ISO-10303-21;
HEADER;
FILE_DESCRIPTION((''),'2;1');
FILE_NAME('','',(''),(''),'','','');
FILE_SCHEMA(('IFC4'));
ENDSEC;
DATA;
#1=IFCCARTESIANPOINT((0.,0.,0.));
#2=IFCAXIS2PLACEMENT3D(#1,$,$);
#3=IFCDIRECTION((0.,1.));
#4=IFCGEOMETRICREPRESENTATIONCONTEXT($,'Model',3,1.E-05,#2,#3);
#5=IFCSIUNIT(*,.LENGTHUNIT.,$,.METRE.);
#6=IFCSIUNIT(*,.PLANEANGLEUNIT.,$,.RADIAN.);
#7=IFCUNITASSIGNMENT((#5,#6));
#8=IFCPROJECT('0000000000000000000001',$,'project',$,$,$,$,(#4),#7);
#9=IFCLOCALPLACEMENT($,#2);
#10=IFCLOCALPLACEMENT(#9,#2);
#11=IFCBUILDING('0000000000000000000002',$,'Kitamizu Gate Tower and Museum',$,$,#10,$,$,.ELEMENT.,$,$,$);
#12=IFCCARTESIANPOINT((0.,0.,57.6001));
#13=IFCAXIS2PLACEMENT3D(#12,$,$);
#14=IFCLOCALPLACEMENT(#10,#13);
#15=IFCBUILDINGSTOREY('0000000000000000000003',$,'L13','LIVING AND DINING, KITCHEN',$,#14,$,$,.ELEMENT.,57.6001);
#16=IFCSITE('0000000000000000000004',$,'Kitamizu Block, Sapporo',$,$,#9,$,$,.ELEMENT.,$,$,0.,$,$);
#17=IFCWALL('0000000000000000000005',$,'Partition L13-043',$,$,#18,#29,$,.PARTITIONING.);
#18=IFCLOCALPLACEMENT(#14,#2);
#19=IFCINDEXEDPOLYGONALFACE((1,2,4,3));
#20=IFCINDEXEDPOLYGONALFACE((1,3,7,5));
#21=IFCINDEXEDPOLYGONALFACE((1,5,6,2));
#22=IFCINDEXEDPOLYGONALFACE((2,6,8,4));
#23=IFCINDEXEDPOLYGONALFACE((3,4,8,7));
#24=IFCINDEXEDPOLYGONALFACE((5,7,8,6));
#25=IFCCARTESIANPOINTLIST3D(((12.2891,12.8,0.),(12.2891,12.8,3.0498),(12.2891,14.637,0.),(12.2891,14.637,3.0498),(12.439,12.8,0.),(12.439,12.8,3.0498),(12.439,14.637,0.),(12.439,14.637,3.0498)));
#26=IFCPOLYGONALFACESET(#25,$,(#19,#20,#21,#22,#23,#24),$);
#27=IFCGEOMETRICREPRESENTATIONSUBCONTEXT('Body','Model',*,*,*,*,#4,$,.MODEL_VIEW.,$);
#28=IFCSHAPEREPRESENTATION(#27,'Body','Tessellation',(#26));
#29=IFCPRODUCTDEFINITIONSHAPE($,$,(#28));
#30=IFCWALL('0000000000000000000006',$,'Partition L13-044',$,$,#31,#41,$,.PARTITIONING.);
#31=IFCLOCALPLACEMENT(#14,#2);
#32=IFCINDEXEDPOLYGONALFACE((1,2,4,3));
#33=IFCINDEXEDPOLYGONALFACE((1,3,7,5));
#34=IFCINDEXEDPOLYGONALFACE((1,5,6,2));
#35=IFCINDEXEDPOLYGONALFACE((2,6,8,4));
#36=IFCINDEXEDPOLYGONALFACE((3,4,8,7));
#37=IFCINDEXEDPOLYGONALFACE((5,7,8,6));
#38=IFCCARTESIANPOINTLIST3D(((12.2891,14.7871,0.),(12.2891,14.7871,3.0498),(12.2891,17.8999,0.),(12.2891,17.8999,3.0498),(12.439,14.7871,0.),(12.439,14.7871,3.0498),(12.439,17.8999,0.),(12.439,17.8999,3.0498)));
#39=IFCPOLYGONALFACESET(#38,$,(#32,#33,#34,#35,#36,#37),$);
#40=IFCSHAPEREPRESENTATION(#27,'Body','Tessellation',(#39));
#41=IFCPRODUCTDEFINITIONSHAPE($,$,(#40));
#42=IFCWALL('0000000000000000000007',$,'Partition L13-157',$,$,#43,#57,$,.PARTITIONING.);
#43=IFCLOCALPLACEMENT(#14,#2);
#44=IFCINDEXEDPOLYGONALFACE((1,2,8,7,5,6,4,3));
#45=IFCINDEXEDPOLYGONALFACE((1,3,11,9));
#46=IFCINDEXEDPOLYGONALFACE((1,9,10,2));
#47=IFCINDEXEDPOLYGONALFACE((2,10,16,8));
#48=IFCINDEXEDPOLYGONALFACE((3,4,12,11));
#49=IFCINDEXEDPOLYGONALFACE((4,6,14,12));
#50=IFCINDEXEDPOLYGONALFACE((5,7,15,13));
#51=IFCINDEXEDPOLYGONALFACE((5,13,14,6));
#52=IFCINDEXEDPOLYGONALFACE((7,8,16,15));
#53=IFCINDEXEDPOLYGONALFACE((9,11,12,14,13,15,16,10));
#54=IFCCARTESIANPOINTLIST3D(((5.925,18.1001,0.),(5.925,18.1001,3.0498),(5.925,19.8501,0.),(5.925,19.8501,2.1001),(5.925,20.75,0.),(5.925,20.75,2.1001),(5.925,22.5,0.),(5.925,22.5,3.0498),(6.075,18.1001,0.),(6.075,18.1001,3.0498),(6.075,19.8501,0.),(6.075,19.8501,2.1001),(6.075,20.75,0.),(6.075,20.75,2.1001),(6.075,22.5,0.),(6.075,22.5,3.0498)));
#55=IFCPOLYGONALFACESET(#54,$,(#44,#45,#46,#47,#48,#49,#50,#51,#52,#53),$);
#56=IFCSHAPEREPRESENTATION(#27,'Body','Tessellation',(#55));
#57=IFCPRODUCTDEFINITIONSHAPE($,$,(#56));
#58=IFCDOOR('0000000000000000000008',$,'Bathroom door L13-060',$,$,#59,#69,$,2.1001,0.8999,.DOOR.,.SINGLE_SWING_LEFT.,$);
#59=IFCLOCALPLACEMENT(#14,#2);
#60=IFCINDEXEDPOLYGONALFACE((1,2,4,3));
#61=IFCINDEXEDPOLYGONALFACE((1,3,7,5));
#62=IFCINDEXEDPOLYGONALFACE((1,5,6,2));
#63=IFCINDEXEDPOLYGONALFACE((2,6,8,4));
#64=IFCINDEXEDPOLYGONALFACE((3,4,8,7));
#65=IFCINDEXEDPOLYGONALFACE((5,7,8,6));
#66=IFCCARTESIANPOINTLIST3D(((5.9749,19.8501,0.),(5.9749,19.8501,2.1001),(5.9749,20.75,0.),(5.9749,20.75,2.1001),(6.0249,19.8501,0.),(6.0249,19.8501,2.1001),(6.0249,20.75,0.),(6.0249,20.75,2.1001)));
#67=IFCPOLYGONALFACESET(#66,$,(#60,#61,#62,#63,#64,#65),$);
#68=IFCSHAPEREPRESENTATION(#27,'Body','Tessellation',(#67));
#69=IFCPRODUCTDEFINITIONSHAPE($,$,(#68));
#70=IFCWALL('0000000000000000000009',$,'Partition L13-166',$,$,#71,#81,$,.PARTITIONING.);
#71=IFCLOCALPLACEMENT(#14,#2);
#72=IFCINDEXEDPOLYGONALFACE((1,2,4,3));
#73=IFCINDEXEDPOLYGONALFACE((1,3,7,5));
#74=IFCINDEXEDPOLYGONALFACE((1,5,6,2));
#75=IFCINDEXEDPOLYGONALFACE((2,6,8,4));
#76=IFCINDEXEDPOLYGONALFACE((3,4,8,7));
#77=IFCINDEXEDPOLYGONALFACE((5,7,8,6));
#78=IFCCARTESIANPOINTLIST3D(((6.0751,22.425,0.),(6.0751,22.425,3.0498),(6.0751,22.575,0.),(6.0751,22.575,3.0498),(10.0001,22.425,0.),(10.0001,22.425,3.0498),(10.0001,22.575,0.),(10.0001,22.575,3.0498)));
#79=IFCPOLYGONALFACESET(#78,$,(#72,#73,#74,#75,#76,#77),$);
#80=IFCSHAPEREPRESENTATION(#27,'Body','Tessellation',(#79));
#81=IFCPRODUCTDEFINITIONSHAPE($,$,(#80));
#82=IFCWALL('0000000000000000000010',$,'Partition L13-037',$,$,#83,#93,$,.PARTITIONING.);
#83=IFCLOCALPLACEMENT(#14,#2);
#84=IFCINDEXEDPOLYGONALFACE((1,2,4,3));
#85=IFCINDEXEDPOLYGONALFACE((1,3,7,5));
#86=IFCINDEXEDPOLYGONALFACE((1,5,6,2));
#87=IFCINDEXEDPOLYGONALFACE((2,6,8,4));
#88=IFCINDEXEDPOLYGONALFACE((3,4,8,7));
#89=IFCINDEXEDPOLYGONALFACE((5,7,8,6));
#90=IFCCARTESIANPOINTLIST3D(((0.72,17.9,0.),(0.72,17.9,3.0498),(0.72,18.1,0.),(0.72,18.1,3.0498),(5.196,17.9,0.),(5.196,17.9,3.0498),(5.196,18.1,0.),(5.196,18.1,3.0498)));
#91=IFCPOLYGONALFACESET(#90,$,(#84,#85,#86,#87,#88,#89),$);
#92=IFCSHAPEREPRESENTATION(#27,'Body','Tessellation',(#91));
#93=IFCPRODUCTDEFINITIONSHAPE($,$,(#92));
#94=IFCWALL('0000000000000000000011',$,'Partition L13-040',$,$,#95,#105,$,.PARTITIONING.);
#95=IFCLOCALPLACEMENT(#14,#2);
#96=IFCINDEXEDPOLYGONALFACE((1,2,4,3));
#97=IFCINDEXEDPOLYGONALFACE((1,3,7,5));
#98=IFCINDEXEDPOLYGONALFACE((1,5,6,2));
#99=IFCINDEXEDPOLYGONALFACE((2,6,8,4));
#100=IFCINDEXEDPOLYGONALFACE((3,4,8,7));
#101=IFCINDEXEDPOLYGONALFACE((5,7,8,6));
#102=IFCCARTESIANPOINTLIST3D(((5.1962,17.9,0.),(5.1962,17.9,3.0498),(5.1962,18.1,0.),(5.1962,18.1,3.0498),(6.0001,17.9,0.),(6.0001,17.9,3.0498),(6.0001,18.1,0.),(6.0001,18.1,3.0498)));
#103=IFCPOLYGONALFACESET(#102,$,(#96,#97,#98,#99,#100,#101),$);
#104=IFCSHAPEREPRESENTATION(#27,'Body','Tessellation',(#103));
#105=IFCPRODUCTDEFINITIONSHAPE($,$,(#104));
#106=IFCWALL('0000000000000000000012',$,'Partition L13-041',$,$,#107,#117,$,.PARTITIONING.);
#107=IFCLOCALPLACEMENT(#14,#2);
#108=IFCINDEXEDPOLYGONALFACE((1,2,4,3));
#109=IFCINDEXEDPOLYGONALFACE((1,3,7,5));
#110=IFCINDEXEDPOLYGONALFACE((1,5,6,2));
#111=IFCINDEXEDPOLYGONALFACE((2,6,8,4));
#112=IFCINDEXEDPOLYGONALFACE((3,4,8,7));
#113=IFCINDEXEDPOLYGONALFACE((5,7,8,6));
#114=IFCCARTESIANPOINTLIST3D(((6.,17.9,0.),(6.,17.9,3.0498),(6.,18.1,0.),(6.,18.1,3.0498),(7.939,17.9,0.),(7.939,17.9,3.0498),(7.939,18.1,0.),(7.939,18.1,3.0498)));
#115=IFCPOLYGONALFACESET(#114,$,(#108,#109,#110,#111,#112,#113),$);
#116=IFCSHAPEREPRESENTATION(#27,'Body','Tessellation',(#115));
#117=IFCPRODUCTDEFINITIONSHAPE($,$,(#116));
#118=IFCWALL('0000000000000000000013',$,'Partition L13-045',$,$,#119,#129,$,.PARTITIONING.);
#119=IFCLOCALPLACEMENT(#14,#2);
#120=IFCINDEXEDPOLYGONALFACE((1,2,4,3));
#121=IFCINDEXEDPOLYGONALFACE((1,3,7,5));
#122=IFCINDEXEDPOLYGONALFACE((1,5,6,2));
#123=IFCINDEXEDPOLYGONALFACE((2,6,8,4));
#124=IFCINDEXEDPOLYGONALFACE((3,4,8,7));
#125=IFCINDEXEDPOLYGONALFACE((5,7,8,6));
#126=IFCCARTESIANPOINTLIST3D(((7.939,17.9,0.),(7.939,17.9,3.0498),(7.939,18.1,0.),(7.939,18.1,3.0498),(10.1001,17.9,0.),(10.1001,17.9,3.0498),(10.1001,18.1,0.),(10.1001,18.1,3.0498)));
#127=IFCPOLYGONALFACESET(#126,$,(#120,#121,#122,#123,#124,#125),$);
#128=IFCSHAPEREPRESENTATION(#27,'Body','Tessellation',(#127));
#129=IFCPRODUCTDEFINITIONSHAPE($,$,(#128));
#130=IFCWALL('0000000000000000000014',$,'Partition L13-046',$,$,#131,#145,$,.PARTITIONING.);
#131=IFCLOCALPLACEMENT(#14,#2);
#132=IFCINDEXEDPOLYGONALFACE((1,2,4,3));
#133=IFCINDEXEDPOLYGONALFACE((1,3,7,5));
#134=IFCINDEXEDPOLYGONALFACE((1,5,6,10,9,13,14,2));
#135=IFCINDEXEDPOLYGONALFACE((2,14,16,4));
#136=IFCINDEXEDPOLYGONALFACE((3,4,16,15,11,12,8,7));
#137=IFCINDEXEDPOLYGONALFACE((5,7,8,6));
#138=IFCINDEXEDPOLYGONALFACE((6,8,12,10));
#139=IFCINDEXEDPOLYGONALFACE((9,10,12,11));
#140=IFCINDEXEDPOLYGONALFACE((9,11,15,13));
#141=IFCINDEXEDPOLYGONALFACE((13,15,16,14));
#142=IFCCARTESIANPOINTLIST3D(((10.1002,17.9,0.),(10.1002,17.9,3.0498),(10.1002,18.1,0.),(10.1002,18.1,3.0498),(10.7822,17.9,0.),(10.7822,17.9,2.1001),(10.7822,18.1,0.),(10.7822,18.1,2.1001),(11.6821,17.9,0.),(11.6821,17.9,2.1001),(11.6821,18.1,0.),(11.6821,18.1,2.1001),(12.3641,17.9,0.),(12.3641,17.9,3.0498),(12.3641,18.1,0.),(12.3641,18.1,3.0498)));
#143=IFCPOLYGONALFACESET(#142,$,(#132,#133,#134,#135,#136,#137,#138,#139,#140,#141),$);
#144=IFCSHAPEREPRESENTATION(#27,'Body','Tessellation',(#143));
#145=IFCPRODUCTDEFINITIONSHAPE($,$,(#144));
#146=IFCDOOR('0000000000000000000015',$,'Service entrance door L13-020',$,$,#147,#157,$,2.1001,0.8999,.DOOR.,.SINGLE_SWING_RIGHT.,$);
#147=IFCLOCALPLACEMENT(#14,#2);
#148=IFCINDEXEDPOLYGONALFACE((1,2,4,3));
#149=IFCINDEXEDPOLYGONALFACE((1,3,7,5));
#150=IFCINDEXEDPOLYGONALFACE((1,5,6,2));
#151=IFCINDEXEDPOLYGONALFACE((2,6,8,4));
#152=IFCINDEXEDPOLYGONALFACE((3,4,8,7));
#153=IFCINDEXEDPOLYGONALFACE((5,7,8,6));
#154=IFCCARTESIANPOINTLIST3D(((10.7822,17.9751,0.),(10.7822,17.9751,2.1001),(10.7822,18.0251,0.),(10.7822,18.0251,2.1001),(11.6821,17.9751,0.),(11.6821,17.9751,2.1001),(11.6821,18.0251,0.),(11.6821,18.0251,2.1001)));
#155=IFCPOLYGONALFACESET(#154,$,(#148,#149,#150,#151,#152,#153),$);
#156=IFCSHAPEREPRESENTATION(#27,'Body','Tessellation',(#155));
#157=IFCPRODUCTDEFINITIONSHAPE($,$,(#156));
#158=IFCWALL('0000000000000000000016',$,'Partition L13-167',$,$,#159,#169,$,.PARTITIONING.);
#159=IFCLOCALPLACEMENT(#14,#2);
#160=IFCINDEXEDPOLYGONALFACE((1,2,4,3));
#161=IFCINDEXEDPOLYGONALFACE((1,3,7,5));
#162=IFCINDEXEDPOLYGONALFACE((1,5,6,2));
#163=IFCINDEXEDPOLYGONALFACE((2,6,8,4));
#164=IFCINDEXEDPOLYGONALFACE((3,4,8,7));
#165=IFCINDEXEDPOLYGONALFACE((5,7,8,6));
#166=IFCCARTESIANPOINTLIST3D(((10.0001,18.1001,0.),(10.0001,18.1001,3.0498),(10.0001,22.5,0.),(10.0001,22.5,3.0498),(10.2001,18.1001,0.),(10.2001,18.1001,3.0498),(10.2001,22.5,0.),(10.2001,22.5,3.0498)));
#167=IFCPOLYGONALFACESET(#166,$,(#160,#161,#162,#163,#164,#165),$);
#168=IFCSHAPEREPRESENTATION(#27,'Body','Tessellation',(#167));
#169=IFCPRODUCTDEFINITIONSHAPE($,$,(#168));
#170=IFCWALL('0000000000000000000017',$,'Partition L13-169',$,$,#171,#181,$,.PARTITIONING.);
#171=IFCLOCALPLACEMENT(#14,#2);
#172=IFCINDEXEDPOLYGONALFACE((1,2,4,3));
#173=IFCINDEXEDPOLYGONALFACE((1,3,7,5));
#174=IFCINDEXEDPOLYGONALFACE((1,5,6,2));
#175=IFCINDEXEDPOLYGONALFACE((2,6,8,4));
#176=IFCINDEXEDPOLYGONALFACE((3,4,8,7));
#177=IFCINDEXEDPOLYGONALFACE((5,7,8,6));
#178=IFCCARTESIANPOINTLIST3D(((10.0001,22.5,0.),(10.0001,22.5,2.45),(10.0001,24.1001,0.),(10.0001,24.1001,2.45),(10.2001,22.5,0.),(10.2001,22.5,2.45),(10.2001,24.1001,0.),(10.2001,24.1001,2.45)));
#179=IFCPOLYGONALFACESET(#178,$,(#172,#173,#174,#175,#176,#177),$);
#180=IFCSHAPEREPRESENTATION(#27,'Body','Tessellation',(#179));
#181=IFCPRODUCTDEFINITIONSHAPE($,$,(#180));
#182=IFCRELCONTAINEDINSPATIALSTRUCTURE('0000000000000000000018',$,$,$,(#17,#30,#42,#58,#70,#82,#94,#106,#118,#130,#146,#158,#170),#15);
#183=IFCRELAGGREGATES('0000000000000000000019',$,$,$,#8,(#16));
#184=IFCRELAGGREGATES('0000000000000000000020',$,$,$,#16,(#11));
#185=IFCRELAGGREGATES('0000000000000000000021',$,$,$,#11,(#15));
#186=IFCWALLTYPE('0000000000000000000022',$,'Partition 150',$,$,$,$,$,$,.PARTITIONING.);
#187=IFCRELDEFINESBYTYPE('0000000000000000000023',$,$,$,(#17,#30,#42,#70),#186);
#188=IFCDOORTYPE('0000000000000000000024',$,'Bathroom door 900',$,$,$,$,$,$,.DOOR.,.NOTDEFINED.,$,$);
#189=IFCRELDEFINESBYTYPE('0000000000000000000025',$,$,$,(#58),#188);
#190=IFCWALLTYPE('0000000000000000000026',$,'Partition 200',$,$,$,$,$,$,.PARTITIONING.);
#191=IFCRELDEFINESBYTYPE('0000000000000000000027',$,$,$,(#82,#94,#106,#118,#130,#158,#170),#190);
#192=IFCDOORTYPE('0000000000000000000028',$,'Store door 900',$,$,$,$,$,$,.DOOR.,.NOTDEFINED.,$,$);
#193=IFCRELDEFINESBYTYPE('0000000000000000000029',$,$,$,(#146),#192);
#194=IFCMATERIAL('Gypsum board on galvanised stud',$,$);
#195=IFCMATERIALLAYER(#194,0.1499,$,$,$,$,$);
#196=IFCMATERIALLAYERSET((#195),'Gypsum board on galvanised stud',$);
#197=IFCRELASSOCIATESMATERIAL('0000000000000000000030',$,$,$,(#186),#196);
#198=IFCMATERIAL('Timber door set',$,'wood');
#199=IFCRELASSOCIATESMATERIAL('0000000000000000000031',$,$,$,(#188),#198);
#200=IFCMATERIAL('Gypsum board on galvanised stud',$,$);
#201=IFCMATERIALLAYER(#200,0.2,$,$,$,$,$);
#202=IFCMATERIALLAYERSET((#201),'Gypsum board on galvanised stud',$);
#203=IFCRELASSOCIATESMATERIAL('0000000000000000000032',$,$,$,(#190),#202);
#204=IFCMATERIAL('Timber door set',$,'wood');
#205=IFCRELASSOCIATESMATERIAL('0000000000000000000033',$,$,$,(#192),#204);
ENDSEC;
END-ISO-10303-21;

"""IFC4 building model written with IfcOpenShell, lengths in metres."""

from ifc_helpers import new_model, si_unit, direction, frame, frame_2d, origin, place, context, subcontext, project, spatial, rectangle, extrude, material, layer, layer_set, type_object, element, fill, save


model = new_model("IFC4")

# Units and contexts
model_context = context("Model", 3, precision=1e-05, world=origin(), true_north=direction((0.0, 1.0)))
body_context = subcontext(model_context, "Body", "Model", "MODEL_VIEW")
ifc_project = project(units=[si_unit("LENGTHUNIT", "METRE"), si_unit("PLANEANGLEUNIT", "RADIAN")], contexts=[model_context])

# Site, building, storey
site_placement = place(None, origin())
site = spatial("IfcSite", under=ifc_project, at=site_placement, Name="Kitamizu Block, Sapporo", CompositionType="ELEMENT", RefElevation=0.0)
building_placement = place(site_placement, origin())
building = spatial("IfcBuilding", under=site, at=building_placement, Name="Kitamizu Gate Tower and Museum", CompositionType="ELEMENT")
storey_placement = place(building_placement, frame((0.0, 0.0, 57.6001)))
storey = spatial("IfcBuildingStorey", under=building, at=storey_placement, Name="L13", Description="LIVING AND DINING, KITCHEN", CompositionType="ELEMENT", Elevation=57.6001)

# Walls
ifc_material_1 = material(Name="Gypsum board on galvanised stud")
ifc_layer_1 = layer(ifc_material_1, 0.1499)
ifc_layer_set_1 = layer_set([ifc_layer_1], Name="Gypsum board on galvanised stud")
wall_type_1 = type_object("IfcWallType", Name="Partition 150", PredefinedType="PARTITIONING", material=ifc_layer_set_1)
wall_1_placement = place(storey_placement, frame((12.364, 12.8, 0.0), z_axis=(0.0, 0.0, 1.0), x_axis=(0.0, 1.0, 0.0)))
element("IfcWall", 1, at=wall_1_placement, inside=storey, type_object=wall_type_1, Name="Partition L13-043", PredefinedType="PARTITIONING", context=body_context, shape_type="SweptSolid", body=[
    extrude(rectangle(XDim=1.8369, YDim=0.1499, at=frame_2d((0.9185, 0.0))), origin(), (0.0, 0.0, 1.0), 3.0498),
])
wall_2_placement = place(storey_placement, frame((12.364, 14.7871, 0.0), z_axis=(0.0, 0.0, 1.0), x_axis=(0.0, 1.0, 0.0)))
element("IfcWall", 2, at=wall_2_placement, inside=storey, type_object=wall_type_1, Name="Partition L13-044", PredefinedType="PARTITIONING", context=body_context, shape_type="SweptSolid", body=[
    extrude(rectangle(XDim=3.1128, YDim=0.1499, at=frame_2d((1.5564, 0.0))), origin(), (0.0, 0.0, 1.0), 3.0498),
])

# Wall, opening, door
wall_3_placement = place(storey_placement, frame((6.0, 18.1001, 0.0), z_axis=(0.0, 0.0, 1.0), x_axis=(0.0, 1.0, 0.0)))
wall_3 = element("IfcWall", 3, at=wall_3_placement, inside=storey, type_object=wall_type_1, Name="Partition L13-157", PredefinedType="PARTITIONING", context=body_context, shape_type="SweptSolid", body=[
    extrude(rectangle(XDim=4.3999, YDim=0.1499, at=frame_2d((2.2, 0.0))), origin(), (0.0, 0.0, 1.0), 3.0498),
])
opening_1_placement = place(wall_3_placement, frame((1.75, 0.0, 0.0)))
opening_1 = element("IfcOpeningElement", 4, at=opening_1_placement, cuts=wall_3, PredefinedType="OPENING", context=body_context, shape_type="SweptSolid", body=[
    extrude(rectangle(XDim=0.8999, YDim=2.1001, at=frame_2d((0.45, 1.05))), frame((0.0, 0.085, 0.0), z_axis=(0.0, -1.0, 0.0), x_axis=(1.0, 0.0, 0.0)), (0.0, 0.0, 1.0), 0.1699),
])
ifc_material_2 = material(Name="Timber door set", Category="wood")
door_type_1 = type_object("IfcDoorType", Name="Bathroom door 900", OperationType="NOTDEFINED", PredefinedType="DOOR", material=ifc_material_2)
door_1_placement = place(opening_1_placement, frame((0.8999, 0.0, 0.0), x_axis=(-1.0, 0.0, 0.0)))
door_1 = element("IfcDoor", 5, at=door_1_placement, inside=storey, type_object=door_type_1, Name="Bathroom door L13-060", OperationType="SINGLE_SWING_LEFT", OverallHeight=2.1001, OverallWidth=0.8999, PredefinedType="DOOR", context=body_context, shape_type="SweptSolid", body=[
    extrude(rectangle(XDim=0.8999, YDim=2.1001, at=frame_2d((0.45, 1.05))), frame((0.0, 0.0249, 0.0), z_axis=(0.0, -1.0, 0.0), x_axis=(1.0, 0.0, 0.0)), (0.0, 0.0, 1.0), 0.05),
])
fill(opening_1, door_1)

# Walls
wall_4_placement = place(storey_placement, frame((10.0, 22.5, 0.0), z_axis=(0.0, 0.0, 1.0), x_axis=(-1.0, 0.0, 0.0)))
element("IfcWall", 6, at=wall_4_placement, inside=storey, type_object=wall_type_1, Name="Partition L13-166", PredefinedType="PARTITIONING", context=body_context, shape_type="SweptSolid", body=[
    extrude(rectangle(XDim=3.925, YDim=0.1499, at=frame_2d((1.9624, 0.0))), origin(), (0.0, 0.0, 1.0), 3.0498),
])
ifc_material_3 = material(Name="Gypsum board on galvanised stud")
ifc_layer_2 = layer(ifc_material_3, 0.2)
ifc_layer_set_2 = layer_set([ifc_layer_2], Name="Gypsum board on galvanised stud")
wall_type_2 = type_object("IfcWallType", Name="Partition 200", PredefinedType="PARTITIONING", material=ifc_layer_set_2)
wall_5_placement = place(storey_placement, frame((5.196, 18.0, 0.0), z_axis=(0.0, 0.0, 1.0), x_axis=(-1.0, 0.0, 0.0)))
element("IfcWall", 7, at=wall_5_placement, inside=storey, type_object=wall_type_2, Name="Partition L13-037", PredefinedType="PARTITIONING", context=body_context, shape_type="SweptSolid", body=[
    extrude(rectangle(XDim=4.4761, YDim=0.2, at=frame_2d((2.238, 0.0))), origin(), (0.0, 0.0, 1.0), 3.0498),
])
wall_6_placement = place(storey_placement, frame((6.0, 18.0, 0.0), z_axis=(0.0, 0.0, 1.0), x_axis=(-1.0, 0.0, 0.0)))
element("IfcWall", 8, at=wall_6_placement, inside=storey, type_object=wall_type_2, Name="Partition L13-040", PredefinedType="PARTITIONING", context=body_context, shape_type="SweptSolid", body=[
    extrude(rectangle(XDim=0.804, YDim=0.2, at=frame_2d((0.4019, 0.0))), origin(), (0.0, 0.0, 1.0), 3.0498),
])
wall_7_placement = place(storey_placement, frame((7.939, 18.0, 0.0), z_axis=(0.0, 0.0, 1.0), x_axis=(-1.0, 0.0, 0.0)))
element("IfcWall", 9, at=wall_7_placement, inside=storey, type_object=wall_type_2, Name="Partition L13-041", PredefinedType="PARTITIONING", context=body_context, shape_type="SweptSolid", body=[
    extrude(rectangle(XDim=1.939, YDim=0.2, at=frame_2d((0.9695, 0.0))), origin(), (0.0, 0.0, 1.0), 3.0498),
])
wall_8_placement = place(storey_placement, frame((10.1001, 18.0, 0.0), z_axis=(0.0, 0.0, 1.0), x_axis=(-1.0, 0.0, 0.0)))
element("IfcWall", 10, at=wall_8_placement, inside=storey, type_object=wall_type_2, Name="Partition L13-045", PredefinedType="PARTITIONING", context=body_context, shape_type="SweptSolid", body=[
    extrude(rectangle(XDim=2.1611, YDim=0.2, at=frame_2d((1.0806, 0.0))), origin(), (0.0, 0.0, 1.0), 3.0498),
])

# Wall, opening, door
wall_9_placement = place(storey_placement, frame((12.364, 18.0, 0.0), z_axis=(0.0, 0.0, 1.0), x_axis=(-1.0, 0.0, 0.0)))
wall_9 = element("IfcWall", 11, at=wall_9_placement, inside=storey, type_object=wall_type_2, Name="Partition L13-046", PredefinedType="PARTITIONING", context=body_context, shape_type="SweptSolid", body=[
    extrude(rectangle(XDim=2.2639, YDim=0.2, at=frame_2d((1.1318, 0.0))), origin(), (0.0, 0.0, 1.0), 3.0498),
])
opening_2_placement = place(wall_9_placement, frame((0.6819, 0.0, 0.0)))
opening_2 = element("IfcOpeningElement", 12, at=opening_2_placement, cuts=wall_9, PredefinedType="OPENING", context=body_context, shape_type="SweptSolid", body=[
    extrude(rectangle(XDim=0.8999, YDim=2.1001, at=frame_2d((0.45, 1.05))), frame((0.0, 0.1099, 0.0), z_axis=(0.0, -1.0, 0.0), x_axis=(1.0, 0.0, 0.0)), (0.0, 0.0, 1.0), 0.22),
])
ifc_material_4 = material(Name="Timber door set", Category="wood")
door_type_2 = type_object("IfcDoorType", Name="Store door 900", OperationType="NOTDEFINED", PredefinedType="DOOR", material=ifc_material_4)
door_2_placement = place(opening_2_placement, origin())
door_2 = element("IfcDoor", 13, at=door_2_placement, inside=storey, type_object=door_type_2, Name="Service entrance door L13-020", OperationType="SINGLE_SWING_RIGHT", OverallHeight=2.1001, OverallWidth=0.8999, PredefinedType="DOOR", context=body_context, shape_type="SweptSolid", body=[
    extrude(rectangle(XDim=0.8999, YDim=2.1001, at=frame_2d((0.45, 1.05))), frame((0.0, 0.0249, 0.0), z_axis=(0.0, -1.0, 0.0), x_axis=(1.0, 0.0, 0.0)), (0.0, 0.0, 1.0), 0.05),
])
fill(opening_2, door_2)

# Walls
wall_10_placement = place(storey_placement, frame((10.1001, 18.1001, 0.0), z_axis=(0.0, 0.0, 1.0), x_axis=(0.0, 1.0, 0.0)))
element("IfcWall", 14, at=wall_10_placement, inside=storey, type_object=wall_type_2, Name="Partition L13-167", PredefinedType="PARTITIONING", context=body_context, shape_type="SweptSolid", body=[
    extrude(rectangle(XDim=4.3999, YDim=0.2, at=frame_2d((2.2, 0.0))), origin(), (0.0, 0.0, 1.0), 3.0498),
])
wall_11_placement = place(storey_placement, frame((10.1001, 22.5, 0.0), z_axis=(0.0, 0.0, 1.0), x_axis=(0.0, 1.0, 0.0)))
element("IfcWall", 15, at=wall_11_placement, inside=storey, type_object=wall_type_2, Name="Partition L13-169", PredefinedType="PARTITIONING", context=body_context, shape_type="SweptSolid", body=[
    extrude(rectangle(XDim=1.6001, YDim=0.2, at=frame_2d((0.8, 0.0))), origin(), (0.0, 0.0, 1.0), 2.45),
])

save(model, "model.ifc")
